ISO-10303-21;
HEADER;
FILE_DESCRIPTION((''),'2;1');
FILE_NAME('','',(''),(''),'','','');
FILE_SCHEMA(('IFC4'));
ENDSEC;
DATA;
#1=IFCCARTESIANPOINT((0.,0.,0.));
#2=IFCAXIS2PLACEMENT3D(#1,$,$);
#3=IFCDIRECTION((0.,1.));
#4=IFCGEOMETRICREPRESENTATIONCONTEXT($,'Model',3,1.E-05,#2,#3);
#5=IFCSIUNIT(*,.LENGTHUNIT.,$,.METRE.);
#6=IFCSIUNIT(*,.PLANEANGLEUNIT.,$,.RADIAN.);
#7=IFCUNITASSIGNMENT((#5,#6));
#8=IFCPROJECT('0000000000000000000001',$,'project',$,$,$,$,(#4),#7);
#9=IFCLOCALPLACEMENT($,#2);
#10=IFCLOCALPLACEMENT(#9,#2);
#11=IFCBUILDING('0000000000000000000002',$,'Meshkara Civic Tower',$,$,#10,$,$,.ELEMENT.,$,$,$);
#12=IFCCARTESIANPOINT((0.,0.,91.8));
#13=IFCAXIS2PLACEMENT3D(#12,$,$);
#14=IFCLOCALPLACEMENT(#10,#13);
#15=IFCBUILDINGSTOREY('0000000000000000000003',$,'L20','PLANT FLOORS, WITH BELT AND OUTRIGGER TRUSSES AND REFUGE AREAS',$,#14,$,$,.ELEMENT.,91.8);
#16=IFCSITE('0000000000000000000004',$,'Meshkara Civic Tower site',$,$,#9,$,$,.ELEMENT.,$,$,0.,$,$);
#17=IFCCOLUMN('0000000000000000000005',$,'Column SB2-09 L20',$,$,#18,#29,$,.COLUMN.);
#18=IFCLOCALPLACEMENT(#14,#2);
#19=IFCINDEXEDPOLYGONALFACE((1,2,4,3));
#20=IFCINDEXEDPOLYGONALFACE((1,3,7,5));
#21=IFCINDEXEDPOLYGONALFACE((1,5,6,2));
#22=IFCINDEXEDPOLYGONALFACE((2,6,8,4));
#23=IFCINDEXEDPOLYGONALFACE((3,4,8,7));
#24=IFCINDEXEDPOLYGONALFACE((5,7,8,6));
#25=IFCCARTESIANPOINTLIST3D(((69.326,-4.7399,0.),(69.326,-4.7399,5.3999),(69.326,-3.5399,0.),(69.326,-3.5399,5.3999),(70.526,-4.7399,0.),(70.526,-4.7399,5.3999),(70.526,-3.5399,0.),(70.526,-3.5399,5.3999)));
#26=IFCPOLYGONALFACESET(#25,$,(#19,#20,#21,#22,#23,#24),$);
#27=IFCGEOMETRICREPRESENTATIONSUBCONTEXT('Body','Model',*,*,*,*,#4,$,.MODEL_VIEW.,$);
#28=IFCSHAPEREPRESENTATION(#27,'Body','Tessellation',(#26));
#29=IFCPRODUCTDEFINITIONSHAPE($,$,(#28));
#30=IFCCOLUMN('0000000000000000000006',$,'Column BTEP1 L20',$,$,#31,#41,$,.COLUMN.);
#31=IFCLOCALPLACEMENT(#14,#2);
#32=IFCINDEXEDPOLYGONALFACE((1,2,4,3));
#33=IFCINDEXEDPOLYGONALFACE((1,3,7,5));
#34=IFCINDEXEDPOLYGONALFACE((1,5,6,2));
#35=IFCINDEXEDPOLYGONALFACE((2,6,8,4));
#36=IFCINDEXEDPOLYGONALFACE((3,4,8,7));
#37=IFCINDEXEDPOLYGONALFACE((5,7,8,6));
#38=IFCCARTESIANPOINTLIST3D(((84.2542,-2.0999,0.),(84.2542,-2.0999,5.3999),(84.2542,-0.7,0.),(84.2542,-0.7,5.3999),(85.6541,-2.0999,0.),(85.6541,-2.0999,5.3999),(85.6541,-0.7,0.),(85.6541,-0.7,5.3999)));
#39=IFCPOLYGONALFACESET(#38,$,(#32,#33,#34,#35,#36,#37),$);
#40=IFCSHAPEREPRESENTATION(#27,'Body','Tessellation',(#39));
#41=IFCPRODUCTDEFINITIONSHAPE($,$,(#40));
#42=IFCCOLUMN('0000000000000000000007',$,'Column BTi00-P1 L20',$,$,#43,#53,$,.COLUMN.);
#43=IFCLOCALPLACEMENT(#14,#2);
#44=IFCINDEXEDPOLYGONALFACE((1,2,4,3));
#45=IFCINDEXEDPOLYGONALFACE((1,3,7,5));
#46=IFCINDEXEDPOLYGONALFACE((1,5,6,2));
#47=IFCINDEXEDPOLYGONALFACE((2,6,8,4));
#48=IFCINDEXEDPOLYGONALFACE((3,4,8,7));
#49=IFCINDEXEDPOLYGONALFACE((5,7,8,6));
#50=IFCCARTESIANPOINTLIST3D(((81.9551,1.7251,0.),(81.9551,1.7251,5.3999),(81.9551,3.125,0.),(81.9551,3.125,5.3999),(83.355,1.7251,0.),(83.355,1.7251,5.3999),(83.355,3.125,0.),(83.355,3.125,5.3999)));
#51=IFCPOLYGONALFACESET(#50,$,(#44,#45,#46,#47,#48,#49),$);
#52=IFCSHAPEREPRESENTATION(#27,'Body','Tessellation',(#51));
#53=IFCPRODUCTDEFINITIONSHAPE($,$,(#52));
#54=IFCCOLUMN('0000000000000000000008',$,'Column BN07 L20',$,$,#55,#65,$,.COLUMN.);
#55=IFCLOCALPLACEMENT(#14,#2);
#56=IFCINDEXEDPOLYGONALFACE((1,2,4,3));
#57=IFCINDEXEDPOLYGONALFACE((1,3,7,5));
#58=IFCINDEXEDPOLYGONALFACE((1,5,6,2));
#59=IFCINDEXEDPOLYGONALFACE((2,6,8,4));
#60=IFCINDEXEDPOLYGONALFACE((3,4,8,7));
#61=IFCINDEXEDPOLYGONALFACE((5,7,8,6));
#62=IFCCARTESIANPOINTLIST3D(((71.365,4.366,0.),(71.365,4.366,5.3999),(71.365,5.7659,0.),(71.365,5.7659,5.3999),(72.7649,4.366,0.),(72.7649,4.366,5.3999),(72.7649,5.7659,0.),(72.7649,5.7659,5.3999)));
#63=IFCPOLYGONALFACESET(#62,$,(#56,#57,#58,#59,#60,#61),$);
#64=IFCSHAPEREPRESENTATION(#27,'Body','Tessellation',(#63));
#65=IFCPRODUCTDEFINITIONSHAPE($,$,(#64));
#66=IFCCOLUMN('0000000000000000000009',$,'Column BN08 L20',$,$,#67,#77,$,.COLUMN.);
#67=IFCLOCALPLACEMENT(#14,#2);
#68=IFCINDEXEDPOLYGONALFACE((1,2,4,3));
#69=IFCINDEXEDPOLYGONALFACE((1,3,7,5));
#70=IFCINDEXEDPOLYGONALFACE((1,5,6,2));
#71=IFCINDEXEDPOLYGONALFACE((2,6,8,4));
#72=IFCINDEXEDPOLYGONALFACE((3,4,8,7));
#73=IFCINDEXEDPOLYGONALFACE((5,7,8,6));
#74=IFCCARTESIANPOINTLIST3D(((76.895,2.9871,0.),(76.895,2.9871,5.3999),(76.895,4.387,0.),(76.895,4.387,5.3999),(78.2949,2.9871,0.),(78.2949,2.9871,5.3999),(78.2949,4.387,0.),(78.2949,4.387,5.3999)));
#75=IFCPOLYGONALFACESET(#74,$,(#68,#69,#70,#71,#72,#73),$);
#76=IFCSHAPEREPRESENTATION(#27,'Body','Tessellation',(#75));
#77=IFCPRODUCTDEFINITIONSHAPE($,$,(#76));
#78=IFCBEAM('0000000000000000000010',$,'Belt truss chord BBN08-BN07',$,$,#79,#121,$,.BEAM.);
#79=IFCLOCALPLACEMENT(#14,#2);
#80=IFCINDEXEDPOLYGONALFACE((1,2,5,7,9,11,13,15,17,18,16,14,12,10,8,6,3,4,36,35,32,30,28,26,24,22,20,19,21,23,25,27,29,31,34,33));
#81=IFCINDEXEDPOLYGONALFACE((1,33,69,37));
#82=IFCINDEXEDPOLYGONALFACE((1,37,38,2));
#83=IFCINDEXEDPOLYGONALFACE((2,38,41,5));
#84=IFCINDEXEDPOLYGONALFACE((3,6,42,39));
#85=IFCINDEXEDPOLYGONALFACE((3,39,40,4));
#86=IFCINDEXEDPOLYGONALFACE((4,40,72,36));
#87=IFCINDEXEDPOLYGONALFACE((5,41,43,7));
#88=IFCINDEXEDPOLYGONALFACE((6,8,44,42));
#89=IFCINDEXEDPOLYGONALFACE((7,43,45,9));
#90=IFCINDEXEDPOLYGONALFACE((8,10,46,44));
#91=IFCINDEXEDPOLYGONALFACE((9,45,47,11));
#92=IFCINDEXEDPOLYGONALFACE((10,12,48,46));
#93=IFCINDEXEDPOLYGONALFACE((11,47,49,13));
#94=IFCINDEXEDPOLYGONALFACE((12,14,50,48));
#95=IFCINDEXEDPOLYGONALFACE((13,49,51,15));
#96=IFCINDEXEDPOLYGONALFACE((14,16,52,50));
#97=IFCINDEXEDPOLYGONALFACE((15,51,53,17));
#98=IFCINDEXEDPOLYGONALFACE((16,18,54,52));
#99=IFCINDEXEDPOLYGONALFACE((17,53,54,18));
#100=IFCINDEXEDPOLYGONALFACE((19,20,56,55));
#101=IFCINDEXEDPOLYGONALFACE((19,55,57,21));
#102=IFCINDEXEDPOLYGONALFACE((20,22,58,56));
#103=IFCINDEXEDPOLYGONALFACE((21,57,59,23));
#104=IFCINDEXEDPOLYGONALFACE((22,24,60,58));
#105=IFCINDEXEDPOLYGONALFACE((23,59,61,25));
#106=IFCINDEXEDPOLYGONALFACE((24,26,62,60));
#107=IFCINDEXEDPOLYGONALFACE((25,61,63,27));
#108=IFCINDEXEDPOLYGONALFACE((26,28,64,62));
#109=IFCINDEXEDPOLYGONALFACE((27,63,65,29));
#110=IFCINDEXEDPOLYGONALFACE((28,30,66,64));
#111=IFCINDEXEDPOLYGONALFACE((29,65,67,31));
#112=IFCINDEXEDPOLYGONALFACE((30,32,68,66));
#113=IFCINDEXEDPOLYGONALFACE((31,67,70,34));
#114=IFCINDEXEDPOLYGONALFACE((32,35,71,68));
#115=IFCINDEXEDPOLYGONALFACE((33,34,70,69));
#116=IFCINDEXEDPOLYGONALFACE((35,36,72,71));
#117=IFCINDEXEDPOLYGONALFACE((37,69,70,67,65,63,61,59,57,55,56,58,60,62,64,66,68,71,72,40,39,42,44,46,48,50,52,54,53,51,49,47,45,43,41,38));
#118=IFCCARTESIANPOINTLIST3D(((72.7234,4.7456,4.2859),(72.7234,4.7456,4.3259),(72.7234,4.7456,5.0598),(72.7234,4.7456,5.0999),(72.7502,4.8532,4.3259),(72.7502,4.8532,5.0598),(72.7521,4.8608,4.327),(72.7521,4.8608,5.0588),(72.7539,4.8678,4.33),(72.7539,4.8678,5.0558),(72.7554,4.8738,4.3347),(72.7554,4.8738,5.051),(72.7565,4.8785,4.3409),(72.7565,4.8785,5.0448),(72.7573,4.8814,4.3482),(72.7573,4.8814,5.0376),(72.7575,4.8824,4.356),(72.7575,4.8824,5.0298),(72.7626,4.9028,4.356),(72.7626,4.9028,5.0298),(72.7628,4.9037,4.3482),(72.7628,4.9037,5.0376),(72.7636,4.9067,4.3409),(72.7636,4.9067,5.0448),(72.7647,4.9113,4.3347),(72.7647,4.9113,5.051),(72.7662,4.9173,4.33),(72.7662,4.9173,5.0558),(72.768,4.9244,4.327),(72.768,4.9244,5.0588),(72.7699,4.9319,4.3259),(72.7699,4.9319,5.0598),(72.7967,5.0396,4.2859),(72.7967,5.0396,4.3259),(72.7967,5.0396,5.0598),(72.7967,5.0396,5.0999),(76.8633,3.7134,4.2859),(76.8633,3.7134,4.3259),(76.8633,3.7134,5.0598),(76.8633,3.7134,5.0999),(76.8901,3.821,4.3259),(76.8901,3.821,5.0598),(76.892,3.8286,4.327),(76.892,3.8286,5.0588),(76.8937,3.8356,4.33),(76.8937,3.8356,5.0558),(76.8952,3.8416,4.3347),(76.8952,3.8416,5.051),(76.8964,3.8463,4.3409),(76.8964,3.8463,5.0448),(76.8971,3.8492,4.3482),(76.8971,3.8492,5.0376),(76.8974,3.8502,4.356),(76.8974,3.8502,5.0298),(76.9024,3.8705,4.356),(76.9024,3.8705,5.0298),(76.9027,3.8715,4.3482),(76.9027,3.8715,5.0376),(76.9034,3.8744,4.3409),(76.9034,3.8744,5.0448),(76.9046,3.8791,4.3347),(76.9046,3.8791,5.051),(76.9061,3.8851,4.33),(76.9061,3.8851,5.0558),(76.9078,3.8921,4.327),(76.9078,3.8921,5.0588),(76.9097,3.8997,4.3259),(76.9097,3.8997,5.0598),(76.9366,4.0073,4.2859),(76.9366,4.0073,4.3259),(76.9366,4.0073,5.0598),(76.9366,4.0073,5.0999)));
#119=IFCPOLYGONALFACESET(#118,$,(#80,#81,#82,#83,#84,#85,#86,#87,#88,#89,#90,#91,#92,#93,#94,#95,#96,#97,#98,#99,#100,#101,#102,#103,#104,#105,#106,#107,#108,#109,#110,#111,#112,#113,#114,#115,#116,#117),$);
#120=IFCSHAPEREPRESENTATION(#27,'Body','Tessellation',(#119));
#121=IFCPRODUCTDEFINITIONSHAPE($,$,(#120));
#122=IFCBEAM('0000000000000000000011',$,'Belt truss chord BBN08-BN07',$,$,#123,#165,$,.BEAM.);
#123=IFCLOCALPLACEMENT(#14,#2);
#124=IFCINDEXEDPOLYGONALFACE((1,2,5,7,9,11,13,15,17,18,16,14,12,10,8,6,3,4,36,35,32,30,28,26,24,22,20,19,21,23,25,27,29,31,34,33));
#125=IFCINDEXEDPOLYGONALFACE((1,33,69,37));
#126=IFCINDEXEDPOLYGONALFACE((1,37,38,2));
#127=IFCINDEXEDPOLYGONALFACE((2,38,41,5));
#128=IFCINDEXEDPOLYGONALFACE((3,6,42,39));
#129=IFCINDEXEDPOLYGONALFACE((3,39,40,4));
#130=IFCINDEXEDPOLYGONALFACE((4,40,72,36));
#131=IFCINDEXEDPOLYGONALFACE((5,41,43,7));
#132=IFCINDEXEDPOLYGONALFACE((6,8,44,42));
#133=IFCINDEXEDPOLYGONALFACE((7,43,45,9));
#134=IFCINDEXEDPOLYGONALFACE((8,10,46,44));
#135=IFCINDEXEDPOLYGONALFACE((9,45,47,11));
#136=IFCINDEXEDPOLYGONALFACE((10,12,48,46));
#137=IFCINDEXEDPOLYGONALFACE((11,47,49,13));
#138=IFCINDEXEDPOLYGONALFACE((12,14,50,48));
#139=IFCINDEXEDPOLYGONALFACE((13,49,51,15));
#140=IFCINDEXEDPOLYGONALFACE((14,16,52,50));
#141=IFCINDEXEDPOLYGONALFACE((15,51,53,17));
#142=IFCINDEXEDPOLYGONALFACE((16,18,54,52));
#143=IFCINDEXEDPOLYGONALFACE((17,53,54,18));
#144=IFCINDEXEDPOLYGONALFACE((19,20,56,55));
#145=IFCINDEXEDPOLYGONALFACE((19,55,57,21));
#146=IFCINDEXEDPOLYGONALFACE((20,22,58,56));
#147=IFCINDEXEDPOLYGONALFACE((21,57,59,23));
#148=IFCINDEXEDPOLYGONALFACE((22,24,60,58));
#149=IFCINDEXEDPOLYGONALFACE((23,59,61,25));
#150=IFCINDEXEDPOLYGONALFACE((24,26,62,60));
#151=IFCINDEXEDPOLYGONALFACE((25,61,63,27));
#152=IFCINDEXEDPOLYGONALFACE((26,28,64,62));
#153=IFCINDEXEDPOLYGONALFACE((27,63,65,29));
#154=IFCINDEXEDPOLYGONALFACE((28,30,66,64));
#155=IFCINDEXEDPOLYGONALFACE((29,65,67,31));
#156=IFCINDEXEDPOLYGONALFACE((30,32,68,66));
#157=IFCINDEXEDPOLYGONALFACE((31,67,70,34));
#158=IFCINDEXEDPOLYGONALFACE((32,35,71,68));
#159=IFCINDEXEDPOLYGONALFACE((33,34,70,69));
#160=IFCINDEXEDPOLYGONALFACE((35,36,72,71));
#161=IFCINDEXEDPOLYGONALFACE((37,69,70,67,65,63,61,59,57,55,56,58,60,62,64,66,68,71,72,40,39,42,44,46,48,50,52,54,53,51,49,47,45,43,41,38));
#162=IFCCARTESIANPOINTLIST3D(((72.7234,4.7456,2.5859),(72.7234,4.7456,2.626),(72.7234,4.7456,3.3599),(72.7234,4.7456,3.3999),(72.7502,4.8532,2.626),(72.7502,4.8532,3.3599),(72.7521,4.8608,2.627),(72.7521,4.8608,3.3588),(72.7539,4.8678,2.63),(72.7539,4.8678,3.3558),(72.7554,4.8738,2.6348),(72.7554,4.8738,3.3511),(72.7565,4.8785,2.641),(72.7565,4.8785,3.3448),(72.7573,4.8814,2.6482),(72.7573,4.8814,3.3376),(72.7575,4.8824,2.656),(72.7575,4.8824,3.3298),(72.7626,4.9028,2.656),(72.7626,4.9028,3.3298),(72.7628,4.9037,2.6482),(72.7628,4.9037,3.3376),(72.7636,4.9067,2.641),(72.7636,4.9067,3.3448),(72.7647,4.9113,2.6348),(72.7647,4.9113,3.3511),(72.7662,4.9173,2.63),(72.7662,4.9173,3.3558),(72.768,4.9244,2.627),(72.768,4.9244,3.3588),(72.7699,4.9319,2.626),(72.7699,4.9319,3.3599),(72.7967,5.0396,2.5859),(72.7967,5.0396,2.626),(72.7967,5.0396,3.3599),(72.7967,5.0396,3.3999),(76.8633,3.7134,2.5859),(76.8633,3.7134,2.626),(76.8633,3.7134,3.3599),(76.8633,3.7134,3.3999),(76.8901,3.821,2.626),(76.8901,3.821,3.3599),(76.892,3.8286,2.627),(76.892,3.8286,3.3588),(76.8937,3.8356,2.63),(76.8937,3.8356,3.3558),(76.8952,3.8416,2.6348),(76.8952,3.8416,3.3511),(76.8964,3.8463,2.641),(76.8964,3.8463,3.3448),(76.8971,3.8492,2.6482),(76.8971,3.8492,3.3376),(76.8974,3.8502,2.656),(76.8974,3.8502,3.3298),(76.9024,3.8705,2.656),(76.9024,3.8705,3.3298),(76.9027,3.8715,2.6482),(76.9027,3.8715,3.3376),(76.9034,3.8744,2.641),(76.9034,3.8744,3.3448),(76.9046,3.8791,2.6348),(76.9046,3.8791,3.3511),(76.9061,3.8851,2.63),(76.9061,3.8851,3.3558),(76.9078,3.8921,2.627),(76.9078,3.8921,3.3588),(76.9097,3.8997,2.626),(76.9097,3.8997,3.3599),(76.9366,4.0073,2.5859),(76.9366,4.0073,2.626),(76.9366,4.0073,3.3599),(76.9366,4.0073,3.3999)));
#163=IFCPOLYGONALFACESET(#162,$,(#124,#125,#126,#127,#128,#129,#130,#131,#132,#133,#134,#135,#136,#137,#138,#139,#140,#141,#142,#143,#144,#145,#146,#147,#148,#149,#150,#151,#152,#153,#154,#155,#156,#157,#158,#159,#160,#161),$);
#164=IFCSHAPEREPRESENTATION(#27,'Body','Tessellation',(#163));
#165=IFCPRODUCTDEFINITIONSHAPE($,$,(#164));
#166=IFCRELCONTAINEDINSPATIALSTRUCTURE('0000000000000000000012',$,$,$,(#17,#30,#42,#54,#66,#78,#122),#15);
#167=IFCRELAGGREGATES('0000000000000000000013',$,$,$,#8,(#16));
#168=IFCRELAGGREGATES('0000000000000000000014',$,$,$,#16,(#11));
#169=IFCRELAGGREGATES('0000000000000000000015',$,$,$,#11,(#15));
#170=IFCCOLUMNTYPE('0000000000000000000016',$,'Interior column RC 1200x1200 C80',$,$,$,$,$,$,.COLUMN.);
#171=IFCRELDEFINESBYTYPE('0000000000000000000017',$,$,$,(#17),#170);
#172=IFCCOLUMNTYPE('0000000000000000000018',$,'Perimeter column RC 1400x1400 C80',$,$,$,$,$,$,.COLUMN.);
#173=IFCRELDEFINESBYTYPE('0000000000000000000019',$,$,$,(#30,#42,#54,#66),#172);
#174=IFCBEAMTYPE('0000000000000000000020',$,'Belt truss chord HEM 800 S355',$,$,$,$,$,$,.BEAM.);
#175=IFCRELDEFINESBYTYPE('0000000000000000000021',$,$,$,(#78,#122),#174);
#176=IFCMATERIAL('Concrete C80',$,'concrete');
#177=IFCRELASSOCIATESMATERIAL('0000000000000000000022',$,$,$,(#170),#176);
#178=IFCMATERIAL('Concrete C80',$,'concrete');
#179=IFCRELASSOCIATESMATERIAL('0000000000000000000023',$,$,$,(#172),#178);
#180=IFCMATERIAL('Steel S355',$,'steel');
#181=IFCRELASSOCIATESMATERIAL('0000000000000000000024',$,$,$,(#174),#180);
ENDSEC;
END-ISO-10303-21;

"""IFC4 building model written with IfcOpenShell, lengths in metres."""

from ifc_helpers import new_model, si_unit, direction, frame, origin, origin_2d, place, context, subcontext, project, spatial, rectangle, i_section, extrude, material, material_profile, profile_set, type_object, element, save


model = new_model("IFC4")

# Units and contexts
model_context = context("Model", 3, precision=1e-05, world=origin(), true_north=direction((0.0, 1.0)))
body_context = subcontext(model_context, "Body", "Model", "MODEL_VIEW")
ifc_project = project(units=[si_unit("LENGTHUNIT", "METRE"), si_unit("PLANEANGLEUNIT", "RADIAN")], contexts=[model_context])

# Site, building, storey
site_placement = place(None, origin())
site = spatial("IfcSite", under=ifc_project, at=site_placement, Name="Meshkara Civic Tower site", CompositionType="ELEMENT", RefElevation=0.0)
building_placement = place(site_placement, origin())
building = spatial("IfcBuilding", under=site, at=building_placement, Name="Meshkara Civic Tower", CompositionType="ELEMENT")
storey_placement = place(building_placement, frame((0.0, 0.0, 91.8)))
storey = spatial("IfcBuildingStorey", under=building, at=storey_placement, Name="L20", Description="PLANT FLOORS, WITH BELT AND OUTRIGGER TRUSSES AND REFUGE AREAS", CompositionType="ELEMENT", Elevation=91.8)

# Columns
ifc_material_1 = material(Name="Concrete C80", Category="concrete")
ifc_material_profile_1 = material_profile(ifc_material_1, rectangle(XDim=1.2, YDim=1.2, at=origin_2d()))
ifc_profile_set_1 = profile_set([ifc_material_profile_1], Name="Concrete C80")
column_type_1 = type_object("IfcColumnType", Name="Interior column RC 1200x1200 C80", PredefinedType="COLUMN", material=ifc_profile_set_1)
column_placement = place(storey_placement, frame((69.926, -4.1399, 0.0), z_axis=(0.0, 0.0, 1.0), x_axis=(1.0, 0.0, 0.0)))
element("IfcColumn", 1, at=column_placement, inside=storey, type_object=column_type_1, Name="Column SB2-09 L20", PredefinedType="COLUMN", context=body_context, shape_type="SweptSolid", body=[
    extrude(rectangle(XDim=1.2, YDim=1.2, at=origin_2d()), origin(), (0.0, 0.0, 1.0), 5.3999),
])
ifc_material_2 = material(Name="Concrete C80", Category="concrete")
ifc_material_profile_2 = material_profile(ifc_material_2, rectangle(XDim=1.3999, YDim=1.3999, at=origin_2d()))
ifc_profile_set_2 = profile_set([ifc_material_profile_2], Name="Concrete C80")
column_type_2 = type_object("IfcColumnType", Name="Perimeter column RC 1400x1400 C80", PredefinedType="COLUMN", material=ifc_profile_set_2)
for number, where, z_axis, x_axis, name in (
    (2, (84.9541, -1.3999, 0.0), (0.0, 0.0, 1.0), (1.0, 0.0, 0.0), "Column BTEP1 L20"),
    (3, (82.655, 2.425, 0.0), (0.0, 0.0, 1.0), (1.0, 0.0, 0.0), "Column BTi00-P1 L20"),
    (4, (72.0649, 5.0659, 0.0), (0.0, 0.0, 1.0), (1.0, 0.0, 0.0), "Column BN07 L20"),
    (5, (77.595, 3.687, 0.0), (0.0, 0.0, 1.0), (1.0, 0.0, 0.0), "Column BN08 L20"),
):
    element("IfcColumn", number, at=place(storey_placement, frame(where, z_axis=z_axis, x_axis=x_axis)), inside=storey, type_object=column_type_2, Name=name, PredefinedType="COLUMN", context=body_context, shape_type="SweptSolid", body=[
        extrude(rectangle(XDim=1.3999, YDim=1.3999, at=origin_2d()), origin(), (0.0, 0.0, 1.0), 5.3999),
    ])

# Beams
ifc_material_3 = material(Name="Steel S355", Category="steel")
ifc_material_profile_3 = material_profile(ifc_material_3, i_section(OverallWidth=0.303, OverallDepth=0.814, WebThickness=0.021, FlangeThickness=0.04, FilletRadius=0.03, at=origin_2d()))
ifc_profile_set_3 = profile_set([ifc_material_profile_3], Name="Steel S355")
beam_type = type_object("IfcBeamType", Name="Belt truss chord HEM 800 S355", PredefinedType="BEAM", material=ifc_profile_set_3)
for number, where, z_axis, x_axis, name in (
    (6, (76.8999, 3.8604, 4.6929), (-0.970294, 0.24193, 0.0), (-0.24193, -0.970294, 0.0), "Belt truss chord BBN08-BN07"),
    (7, (76.8999, 3.8604, 2.9929), (-0.970294, 0.24193, 0.0), (-0.24193, -0.970294, 0.0), "Belt truss chord BBN08-BN07"),
):
    element("IfcBeam", number, at=place(storey_placement, frame(where, z_axis=z_axis, x_axis=x_axis)), inside=storey, type_object=beam_type, Name=name, PredefinedType="BEAM", context=body_context, shape_type="SweptSolid", body=[
        extrude(i_section(OverallWidth=0.303, OverallDepth=0.814, WebThickness=0.021, FlangeThickness=0.04, FilletRadius=0.03, at=origin_2d()), origin(), (0.0, 0.0, 1.0), 4.2666),
    ])

save(model, "model.ifc")
